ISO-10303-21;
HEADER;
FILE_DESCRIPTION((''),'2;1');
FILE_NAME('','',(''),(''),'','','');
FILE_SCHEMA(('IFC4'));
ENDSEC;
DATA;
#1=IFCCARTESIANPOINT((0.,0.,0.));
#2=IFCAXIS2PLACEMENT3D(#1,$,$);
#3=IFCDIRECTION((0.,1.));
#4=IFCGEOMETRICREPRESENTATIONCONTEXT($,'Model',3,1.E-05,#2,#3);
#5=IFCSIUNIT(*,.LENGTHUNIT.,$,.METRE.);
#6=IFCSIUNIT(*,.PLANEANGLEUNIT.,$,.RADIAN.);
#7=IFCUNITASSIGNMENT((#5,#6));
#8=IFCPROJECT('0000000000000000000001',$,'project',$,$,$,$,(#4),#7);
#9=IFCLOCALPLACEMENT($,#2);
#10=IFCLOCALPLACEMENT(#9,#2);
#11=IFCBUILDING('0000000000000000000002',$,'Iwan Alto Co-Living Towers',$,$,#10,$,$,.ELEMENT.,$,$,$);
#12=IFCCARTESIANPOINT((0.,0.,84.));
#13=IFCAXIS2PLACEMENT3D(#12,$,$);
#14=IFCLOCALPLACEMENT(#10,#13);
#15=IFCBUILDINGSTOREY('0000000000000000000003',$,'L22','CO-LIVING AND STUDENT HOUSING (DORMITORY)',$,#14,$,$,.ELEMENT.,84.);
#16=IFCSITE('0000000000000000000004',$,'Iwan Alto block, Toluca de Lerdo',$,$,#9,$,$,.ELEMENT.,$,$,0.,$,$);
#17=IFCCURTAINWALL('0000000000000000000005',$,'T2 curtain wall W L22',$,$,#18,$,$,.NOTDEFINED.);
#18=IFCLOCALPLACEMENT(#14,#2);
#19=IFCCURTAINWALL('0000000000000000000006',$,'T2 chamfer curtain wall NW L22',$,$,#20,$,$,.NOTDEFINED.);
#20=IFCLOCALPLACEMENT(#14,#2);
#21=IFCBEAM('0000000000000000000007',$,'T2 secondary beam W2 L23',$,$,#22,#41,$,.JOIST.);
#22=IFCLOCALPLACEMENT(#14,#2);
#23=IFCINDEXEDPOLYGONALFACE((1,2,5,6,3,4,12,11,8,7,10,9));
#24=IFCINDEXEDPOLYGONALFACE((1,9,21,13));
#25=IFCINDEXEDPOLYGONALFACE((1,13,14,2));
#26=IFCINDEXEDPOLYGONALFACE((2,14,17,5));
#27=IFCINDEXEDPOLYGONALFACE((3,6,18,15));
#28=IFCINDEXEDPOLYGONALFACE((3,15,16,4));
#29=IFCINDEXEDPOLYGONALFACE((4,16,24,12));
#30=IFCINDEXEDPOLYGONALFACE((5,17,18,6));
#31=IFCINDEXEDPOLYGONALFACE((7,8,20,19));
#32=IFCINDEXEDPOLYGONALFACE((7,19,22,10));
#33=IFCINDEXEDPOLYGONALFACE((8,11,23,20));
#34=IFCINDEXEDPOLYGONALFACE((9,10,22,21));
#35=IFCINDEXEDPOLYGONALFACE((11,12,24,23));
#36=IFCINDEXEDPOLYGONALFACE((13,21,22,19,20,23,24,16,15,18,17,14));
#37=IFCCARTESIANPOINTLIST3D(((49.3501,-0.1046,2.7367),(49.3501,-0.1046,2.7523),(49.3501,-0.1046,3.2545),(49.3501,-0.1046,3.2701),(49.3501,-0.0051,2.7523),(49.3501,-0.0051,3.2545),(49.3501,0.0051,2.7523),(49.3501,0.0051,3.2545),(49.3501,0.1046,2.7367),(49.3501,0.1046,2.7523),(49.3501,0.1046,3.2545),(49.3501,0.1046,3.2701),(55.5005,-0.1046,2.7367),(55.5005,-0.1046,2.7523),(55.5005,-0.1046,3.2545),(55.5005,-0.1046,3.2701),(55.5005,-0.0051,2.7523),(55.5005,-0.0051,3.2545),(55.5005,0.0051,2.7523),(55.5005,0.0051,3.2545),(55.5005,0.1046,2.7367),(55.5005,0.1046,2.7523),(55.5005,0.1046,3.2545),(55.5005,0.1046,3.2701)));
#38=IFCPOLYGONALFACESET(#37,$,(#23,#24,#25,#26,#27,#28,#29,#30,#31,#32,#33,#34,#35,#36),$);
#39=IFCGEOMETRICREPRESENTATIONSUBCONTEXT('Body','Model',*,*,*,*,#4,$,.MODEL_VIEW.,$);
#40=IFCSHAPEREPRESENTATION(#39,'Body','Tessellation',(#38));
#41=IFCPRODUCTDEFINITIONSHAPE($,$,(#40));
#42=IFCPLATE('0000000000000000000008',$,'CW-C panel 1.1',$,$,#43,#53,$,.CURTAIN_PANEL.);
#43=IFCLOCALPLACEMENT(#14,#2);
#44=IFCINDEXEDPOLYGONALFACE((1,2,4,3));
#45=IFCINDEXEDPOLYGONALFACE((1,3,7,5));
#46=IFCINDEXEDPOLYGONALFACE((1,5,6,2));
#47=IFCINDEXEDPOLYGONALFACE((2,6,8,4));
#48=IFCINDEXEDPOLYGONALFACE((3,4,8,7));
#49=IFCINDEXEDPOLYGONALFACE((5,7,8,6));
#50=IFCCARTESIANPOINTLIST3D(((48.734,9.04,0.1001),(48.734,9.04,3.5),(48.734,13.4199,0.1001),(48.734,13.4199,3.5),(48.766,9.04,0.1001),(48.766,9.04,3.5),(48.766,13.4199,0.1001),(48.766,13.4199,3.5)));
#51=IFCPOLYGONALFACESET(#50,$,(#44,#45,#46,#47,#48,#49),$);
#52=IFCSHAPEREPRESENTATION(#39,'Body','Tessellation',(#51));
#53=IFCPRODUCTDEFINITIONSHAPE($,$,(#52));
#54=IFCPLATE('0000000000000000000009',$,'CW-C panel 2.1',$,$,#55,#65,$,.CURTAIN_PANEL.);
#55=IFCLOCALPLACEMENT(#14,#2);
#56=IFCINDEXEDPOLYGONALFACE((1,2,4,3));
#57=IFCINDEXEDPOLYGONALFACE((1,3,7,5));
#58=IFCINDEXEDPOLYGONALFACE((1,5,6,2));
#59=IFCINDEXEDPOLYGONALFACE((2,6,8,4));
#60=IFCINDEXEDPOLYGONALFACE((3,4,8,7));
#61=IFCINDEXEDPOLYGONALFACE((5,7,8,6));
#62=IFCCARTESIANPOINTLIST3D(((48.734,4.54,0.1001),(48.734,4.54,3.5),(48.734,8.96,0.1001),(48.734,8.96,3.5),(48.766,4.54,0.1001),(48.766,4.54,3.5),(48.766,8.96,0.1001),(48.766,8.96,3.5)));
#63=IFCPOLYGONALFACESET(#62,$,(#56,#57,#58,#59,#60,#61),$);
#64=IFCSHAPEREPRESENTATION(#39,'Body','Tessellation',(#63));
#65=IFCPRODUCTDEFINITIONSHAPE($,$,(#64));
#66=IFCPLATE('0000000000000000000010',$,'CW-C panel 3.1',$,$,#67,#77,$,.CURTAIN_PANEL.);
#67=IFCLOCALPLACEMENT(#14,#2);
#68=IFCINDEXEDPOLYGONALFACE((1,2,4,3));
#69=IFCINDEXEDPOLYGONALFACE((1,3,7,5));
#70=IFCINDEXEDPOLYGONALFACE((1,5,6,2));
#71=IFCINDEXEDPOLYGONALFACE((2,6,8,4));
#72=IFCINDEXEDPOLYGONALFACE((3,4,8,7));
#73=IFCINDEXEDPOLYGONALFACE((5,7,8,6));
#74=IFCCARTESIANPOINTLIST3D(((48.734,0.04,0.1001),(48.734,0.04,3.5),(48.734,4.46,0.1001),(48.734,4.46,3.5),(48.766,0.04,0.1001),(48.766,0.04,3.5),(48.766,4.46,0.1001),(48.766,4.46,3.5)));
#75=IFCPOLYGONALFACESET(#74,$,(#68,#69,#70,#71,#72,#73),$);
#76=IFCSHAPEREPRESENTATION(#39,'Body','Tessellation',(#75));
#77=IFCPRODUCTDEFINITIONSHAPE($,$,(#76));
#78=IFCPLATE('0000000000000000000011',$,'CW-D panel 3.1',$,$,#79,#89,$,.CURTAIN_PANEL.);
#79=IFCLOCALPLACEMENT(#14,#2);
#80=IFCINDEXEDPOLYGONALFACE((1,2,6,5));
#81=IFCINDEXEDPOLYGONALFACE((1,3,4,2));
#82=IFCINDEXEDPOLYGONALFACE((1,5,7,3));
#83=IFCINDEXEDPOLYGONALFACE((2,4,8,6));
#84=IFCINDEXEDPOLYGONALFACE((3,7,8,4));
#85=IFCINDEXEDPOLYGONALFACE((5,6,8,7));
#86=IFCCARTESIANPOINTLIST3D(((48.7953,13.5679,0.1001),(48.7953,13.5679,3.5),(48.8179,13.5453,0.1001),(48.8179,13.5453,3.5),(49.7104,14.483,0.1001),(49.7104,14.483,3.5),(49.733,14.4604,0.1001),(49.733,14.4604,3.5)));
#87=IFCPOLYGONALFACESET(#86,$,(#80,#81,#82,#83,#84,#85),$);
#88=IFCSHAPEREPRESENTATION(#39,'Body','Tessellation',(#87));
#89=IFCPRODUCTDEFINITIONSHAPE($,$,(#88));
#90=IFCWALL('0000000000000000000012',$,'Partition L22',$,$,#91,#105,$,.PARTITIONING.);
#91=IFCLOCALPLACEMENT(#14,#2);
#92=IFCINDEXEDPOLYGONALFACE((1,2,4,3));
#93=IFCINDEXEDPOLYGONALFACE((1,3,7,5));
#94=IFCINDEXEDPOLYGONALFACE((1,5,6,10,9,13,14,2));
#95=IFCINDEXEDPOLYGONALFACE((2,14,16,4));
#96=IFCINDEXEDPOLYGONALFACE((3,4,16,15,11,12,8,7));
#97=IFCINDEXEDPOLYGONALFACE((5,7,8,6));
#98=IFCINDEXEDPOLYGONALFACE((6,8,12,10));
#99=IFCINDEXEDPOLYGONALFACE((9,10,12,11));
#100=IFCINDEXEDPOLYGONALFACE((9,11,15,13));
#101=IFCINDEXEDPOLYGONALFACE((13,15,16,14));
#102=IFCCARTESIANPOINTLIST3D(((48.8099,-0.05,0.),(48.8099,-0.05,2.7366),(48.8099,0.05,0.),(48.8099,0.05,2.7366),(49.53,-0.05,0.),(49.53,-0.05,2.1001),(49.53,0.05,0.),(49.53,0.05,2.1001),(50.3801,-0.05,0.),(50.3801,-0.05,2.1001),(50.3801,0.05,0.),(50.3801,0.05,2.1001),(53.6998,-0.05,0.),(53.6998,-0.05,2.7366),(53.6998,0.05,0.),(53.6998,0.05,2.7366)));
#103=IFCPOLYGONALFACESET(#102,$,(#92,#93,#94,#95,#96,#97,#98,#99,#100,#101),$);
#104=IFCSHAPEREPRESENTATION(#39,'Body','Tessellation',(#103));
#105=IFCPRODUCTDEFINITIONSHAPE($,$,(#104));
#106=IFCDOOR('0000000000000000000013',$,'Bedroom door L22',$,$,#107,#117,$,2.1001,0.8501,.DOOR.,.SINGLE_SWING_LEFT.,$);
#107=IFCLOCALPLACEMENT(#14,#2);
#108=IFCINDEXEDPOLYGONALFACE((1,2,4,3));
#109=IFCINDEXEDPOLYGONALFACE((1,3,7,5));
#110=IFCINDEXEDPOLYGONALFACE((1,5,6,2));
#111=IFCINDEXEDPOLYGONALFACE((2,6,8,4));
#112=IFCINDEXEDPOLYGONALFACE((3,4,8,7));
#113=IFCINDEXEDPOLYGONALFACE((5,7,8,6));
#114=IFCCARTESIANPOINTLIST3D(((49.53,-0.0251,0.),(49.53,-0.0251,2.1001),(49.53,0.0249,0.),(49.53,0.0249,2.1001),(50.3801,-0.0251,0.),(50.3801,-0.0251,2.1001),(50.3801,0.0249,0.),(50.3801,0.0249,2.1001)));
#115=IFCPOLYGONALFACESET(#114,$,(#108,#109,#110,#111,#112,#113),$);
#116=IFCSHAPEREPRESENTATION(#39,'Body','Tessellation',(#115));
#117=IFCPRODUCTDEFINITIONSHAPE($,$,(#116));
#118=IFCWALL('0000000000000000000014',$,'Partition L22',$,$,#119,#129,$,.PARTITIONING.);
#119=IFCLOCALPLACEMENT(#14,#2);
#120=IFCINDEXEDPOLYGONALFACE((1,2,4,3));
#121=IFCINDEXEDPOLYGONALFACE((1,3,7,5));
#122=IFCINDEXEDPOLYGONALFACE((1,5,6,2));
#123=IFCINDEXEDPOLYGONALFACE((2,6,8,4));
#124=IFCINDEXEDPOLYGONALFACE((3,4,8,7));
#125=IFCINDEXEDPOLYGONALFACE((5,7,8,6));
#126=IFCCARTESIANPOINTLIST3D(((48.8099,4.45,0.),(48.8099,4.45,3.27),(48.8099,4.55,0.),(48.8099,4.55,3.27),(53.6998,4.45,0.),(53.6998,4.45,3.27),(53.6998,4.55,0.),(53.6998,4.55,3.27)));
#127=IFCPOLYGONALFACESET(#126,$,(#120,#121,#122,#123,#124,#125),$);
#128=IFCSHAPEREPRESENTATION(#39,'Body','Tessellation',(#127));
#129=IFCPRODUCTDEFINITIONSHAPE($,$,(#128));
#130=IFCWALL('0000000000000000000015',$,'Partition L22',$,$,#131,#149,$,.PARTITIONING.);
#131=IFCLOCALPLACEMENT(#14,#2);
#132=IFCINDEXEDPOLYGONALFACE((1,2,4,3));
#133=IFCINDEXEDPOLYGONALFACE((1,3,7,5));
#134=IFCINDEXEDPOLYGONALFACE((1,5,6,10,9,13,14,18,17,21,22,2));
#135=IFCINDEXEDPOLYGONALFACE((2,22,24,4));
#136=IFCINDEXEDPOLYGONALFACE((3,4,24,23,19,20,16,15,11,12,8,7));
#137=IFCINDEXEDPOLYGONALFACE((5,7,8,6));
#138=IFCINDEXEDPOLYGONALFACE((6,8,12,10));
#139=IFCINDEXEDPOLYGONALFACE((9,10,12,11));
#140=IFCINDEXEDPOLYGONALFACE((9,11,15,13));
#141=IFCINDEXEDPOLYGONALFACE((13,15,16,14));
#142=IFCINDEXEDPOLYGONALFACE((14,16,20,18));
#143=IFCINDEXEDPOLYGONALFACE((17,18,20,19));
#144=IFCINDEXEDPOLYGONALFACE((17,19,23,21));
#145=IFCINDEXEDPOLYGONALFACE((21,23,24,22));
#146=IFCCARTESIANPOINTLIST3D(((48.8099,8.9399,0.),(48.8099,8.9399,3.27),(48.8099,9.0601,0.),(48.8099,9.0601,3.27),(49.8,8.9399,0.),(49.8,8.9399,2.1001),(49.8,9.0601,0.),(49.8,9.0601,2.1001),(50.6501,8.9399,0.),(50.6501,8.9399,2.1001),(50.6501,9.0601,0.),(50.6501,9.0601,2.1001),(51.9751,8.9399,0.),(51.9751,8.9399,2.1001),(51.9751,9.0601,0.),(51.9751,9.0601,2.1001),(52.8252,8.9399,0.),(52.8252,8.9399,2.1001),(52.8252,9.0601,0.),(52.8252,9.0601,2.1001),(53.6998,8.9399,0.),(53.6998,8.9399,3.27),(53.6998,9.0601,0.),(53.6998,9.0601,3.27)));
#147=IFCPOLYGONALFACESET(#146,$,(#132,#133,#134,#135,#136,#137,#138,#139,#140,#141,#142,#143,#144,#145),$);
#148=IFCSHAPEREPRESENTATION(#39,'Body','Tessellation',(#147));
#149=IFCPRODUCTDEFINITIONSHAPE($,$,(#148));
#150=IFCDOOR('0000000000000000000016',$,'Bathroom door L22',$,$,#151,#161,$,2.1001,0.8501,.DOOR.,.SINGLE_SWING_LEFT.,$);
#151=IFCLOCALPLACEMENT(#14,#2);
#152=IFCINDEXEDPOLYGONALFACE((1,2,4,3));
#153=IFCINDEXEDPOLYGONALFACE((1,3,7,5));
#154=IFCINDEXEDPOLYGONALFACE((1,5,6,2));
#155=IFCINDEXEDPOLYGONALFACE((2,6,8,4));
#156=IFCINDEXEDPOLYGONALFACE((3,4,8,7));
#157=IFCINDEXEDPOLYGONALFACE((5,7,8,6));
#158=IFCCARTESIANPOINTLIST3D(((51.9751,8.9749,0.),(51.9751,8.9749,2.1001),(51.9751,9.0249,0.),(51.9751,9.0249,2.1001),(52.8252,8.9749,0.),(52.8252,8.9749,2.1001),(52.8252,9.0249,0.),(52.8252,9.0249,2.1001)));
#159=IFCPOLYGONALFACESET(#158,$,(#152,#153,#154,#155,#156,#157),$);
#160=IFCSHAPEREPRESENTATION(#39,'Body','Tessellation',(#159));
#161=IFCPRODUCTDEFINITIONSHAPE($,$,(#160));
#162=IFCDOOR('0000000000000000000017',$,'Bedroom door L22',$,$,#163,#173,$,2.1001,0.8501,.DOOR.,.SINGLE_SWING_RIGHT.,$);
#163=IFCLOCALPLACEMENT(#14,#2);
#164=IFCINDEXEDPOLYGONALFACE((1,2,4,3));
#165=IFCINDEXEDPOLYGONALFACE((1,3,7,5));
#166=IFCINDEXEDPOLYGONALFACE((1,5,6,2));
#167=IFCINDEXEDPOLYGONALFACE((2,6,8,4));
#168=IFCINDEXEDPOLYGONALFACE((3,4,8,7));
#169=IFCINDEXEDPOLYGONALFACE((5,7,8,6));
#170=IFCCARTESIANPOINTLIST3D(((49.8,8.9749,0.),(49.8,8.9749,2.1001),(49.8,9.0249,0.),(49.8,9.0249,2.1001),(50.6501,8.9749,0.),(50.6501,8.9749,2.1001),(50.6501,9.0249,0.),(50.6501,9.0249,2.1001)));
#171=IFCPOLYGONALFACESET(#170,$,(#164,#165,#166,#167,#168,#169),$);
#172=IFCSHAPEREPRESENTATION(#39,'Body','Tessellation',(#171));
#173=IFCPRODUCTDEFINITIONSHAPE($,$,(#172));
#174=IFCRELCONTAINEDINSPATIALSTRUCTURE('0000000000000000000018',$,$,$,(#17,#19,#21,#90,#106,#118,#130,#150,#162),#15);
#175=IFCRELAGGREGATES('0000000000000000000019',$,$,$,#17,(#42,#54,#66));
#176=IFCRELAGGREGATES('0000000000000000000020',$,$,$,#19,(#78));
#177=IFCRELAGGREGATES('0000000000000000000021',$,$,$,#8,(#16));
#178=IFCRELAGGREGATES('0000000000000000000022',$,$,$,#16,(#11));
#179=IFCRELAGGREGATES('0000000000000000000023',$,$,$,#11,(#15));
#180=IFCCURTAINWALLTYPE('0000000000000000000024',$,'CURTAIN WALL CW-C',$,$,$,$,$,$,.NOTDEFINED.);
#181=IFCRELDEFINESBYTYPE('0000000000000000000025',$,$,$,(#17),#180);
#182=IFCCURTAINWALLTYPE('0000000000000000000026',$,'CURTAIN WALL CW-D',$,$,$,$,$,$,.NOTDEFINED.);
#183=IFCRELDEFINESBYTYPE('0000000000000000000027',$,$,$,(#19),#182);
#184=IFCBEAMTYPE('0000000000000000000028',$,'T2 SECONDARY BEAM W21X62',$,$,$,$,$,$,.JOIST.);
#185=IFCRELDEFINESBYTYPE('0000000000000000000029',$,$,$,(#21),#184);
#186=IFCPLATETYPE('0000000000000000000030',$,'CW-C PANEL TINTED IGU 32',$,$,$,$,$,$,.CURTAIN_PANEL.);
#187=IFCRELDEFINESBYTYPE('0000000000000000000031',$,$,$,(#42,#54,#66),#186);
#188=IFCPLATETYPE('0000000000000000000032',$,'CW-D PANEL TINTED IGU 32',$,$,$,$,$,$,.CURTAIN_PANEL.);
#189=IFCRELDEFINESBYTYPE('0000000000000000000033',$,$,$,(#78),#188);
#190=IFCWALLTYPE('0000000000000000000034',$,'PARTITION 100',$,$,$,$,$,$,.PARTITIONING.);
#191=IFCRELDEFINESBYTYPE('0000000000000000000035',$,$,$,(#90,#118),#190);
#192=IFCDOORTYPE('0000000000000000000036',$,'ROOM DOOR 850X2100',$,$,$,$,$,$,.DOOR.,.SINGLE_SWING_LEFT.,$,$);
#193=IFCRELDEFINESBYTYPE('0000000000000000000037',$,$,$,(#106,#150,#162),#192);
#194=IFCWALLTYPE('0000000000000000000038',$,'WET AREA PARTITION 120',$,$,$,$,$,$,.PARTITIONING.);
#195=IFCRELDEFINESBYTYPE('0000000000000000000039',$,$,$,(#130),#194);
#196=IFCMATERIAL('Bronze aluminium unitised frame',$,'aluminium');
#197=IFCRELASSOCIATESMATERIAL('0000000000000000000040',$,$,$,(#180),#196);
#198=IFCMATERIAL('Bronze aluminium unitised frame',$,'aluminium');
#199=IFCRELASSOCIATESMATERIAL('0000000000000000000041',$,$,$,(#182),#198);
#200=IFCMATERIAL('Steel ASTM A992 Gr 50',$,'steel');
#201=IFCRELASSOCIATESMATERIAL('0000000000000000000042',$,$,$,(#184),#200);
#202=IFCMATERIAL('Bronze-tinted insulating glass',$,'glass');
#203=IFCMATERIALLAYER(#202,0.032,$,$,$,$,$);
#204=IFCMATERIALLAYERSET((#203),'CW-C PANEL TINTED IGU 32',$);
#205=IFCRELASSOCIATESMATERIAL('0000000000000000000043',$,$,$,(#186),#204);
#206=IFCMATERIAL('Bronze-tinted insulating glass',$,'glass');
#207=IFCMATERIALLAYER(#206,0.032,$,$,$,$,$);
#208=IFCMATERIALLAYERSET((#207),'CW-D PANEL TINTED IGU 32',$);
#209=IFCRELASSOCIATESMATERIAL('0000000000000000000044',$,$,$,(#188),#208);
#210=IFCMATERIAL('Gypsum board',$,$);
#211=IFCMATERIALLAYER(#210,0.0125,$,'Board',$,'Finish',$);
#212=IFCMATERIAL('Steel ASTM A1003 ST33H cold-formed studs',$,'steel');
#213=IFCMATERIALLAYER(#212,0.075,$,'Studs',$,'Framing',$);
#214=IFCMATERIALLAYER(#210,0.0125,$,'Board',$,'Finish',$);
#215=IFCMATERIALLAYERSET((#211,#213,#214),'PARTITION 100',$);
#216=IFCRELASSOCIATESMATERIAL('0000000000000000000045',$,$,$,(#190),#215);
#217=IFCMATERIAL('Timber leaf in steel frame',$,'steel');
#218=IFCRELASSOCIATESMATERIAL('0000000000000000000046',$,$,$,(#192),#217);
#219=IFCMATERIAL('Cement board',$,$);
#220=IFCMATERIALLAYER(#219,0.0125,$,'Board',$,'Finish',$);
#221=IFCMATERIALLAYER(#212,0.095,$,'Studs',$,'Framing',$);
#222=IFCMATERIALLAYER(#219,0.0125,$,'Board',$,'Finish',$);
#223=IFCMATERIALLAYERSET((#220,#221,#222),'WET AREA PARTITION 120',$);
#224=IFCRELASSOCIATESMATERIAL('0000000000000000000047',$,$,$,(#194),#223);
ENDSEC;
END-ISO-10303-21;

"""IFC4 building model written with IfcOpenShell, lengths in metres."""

from ifc_helpers import new_model, si_unit, direction, frame, frame_2d, origin, origin_2d, place, context, subcontext, project, spatial, rectangle, i_section, extrude, material, layer, layer_set, material_profile, profile_set, type_object, element, fill, aggregate, save


model = new_model("IFC4")

# Units and contexts
model_context = context("Model", 3, precision=1e-05, world=origin(), true_north=direction((0.0, 1.0)))
body_context = subcontext(model_context, "Body", "Model", "MODEL_VIEW")
ifc_project = project(units=[si_unit("LENGTHUNIT", "METRE"), si_unit("PLANEANGLEUNIT", "RADIAN")], contexts=[model_context])

# Site, building, storey
site_placement = place(None, origin())
site = spatial("IfcSite", under=ifc_project, at=site_placement, Name="Iwan Alto block, Toluca de Lerdo", CompositionType="ELEMENT", RefElevation=0.0)
building_placement = place(site_placement, origin())
building = spatial("IfcBuilding", under=site, at=building_placement, Name="Iwan Alto Co-Living Towers", CompositionType="ELEMENT")
storey_placement = place(building_placement, frame((0.0, 0.0, 84.0)))
storey = spatial("IfcBuildingStorey", under=building, at=storey_placement, Name="L22", Description="CO-LIVING AND STUDENT HOUSING (DORMITORY)", CompositionType="ELEMENT", Elevation=84.0)

# Curtain wall
ifc_material_1 = material(Name="Bronze aluminium unitised frame", Category="aluminium")
curtain_wall_type_1 = type_object("IfcCurtainWallType", Name="CURTAIN WALL CW-C", PredefinedType="NOTDEFINED", material=ifc_material_1)
curtain_wall_1_placement = place(storey_placement, origin())
curtain_wall_1 = element("IfcCurtainWall", 1, at=curtain_wall_1_placement, inside=storey, type_object=curtain_wall_type_1, Name="T2 curtain wall W L22", PredefinedType="NOTDEFINED")

# Curtain wall
ifc_material_2 = material(Name="Bronze aluminium unitised frame", Category="aluminium")
curtain_wall_type_2 = type_object("IfcCurtainWallType", Name="CURTAIN WALL CW-D", PredefinedType="NOTDEFINED", material=ifc_material_2)
curtain_wall_2_placement = place(storey_placement, origin())
curtain_wall_2 = element("IfcCurtainWall", 2, at=curtain_wall_2_placement, inside=storey, type_object=curtain_wall_type_2, Name="T2 chamfer curtain wall NW L22", PredefinedType="NOTDEFINED")

# Beam
ifc_material_3 = material(Name="Steel ASTM A992 Gr 50", Category="steel")
ifc_material_profile_1 = material_profile(ifc_material_3, i_section(OverallWidth=0.2092, OverallDepth=0.5334, WebThickness=0.0103, FlangeThickness=0.0156, at=origin_2d()), Name="W21X62")
ifc_profile_set_1 = profile_set([ifc_material_profile_1], Name="Steel ASTM A992 Gr 50")
beam_type = type_object("IfcBeamType", Name="T2 SECONDARY BEAM W21X62", PredefinedType="JOIST", material=ifc_profile_set_1)
beam_placement = place(storey_placement, frame((49.3501, 0.0, 3.0034), z_axis=(1.0, 0.0, 0.0), x_axis=(0.0, 1.0, 0.0)))
element("IfcBeam", 3, at=beam_placement, inside=storey, type_object=beam_type, Name="T2 secondary beam W2 L23", PredefinedType="JOIST", context=body_context, shape_type="SweptSolid", body=[
    extrude(i_section(OverallWidth=0.2092, OverallDepth=0.5334, WebThickness=0.0103, FlangeThickness=0.0156, at=origin_2d()), origin(), (0.0, 0.0, 1.0), 6.1504),
])

# Plates
ifc_material_4 = material(Name="Bronze-tinted insulating glass", Category="glass")
ifc_layer_1 = layer(ifc_material_4, 0.032)
ifc_layer_set_1 = layer_set([ifc_layer_1], Name="CW-C PANEL TINTED IGU 32")
plate_type_1 = type_object("IfcPlateType", Name="CW-C PANEL TINTED IGU 32", PredefinedType="CURTAIN_PANEL", material=ifc_layer_set_1)
plate_1_placement = place(storey_placement, frame((48.75, 11.23, 0.1001), z_axis=(0.0, 0.0, 1.0), x_axis=(0.0, -1.0, 0.0)))
plate_1 = element("IfcPlate", 4, at=plate_1_placement, type_object=plate_type_1, Name="CW-C panel 1.1", PredefinedType="CURTAIN_PANEL", context=body_context, shape_type="SweptSolid", body=[
    extrude(rectangle(XDim=4.3799, YDim=0.032, at=origin_2d()), origin(), (0.0, 0.0, 1.0), 3.3999),
])
plate_2_placement = place(storey_placement, frame((48.75, 6.75, 0.1001), z_axis=(0.0, 0.0, 1.0), x_axis=(0.0, -1.0, 0.0)))
plate_2 = element("IfcPlate", 5, at=plate_2_placement, type_object=plate_type_1, Name="CW-C panel 2.1", PredefinedType="CURTAIN_PANEL", context=body_context, shape_type="SweptSolid", body=[
    extrude(rectangle(XDim=4.4199, YDim=0.032, at=origin_2d()), origin(), (0.0, 0.0, 1.0), 3.3999),
])
plate_3_placement = place(storey_placement, frame((48.75, 2.25, 0.1001), z_axis=(0.0, 0.0, 1.0), x_axis=(0.0, -1.0, 0.0)))
plate_3 = element("IfcPlate", 6, at=plate_3_placement, type_object=plate_type_1, Name="CW-C panel 3.1", PredefinedType="CURTAIN_PANEL", context=body_context, shape_type="SweptSolid", body=[
    extrude(rectangle(XDim=4.4199, YDim=0.032, at=origin_2d()), origin(), (0.0, 0.0, 1.0), 3.3999),
])
aggregate(curtain_wall_1, [plate_1, plate_2, plate_3])
ifc_material_5 = material(Name="Bronze-tinted insulating glass", Category="glass")
ifc_layer_2 = layer(ifc_material_5, 0.032)
ifc_layer_set_2 = layer_set([ifc_layer_2], Name="CW-D PANEL TINTED IGU 32")
plate_type_2 = type_object("IfcPlateType", Name="CW-D PANEL TINTED IGU 32", PredefinedType="CURTAIN_PANEL", material=ifc_layer_set_2)
plate_4_placement = place(storey_placement, frame((49.2642, 14.0142, 0.1001), z_axis=(0.0, 0.0, 1.0), x_axis=(-0.707107, -0.707107, 0.0)))
plate_4 = element("IfcPlate", 7, at=plate_4_placement, type_object=plate_type_2, Name="CW-D panel 3.1", PredefinedType="CURTAIN_PANEL", context=body_context, shape_type="SweptSolid", body=[
    extrude(rectangle(XDim=1.2942, YDim=0.032, at=origin_2d()), origin(), (0.0, 0.0, 1.0), 3.3999),
])
aggregate(curtain_wall_2, [plate_4])

# Wall, opening, door
ifc_material_6 = material(Name="Gypsum board")
ifc_layer_3 = layer(ifc_material_6, 0.0125, Name="Board", Category="Finish")
ifc_material_7 = material(Name="Steel ASTM A1003 ST33H cold-formed studs", Category="steel")
ifc_layer_4 = layer(ifc_material_7, 0.075, Name="Studs", Category="Framing")
ifc_layer_5 = layer(ifc_material_6, 0.0125, Name="Board", Category="Finish")
ifc_layer_set_3 = layer_set([ifc_layer_3, ifc_layer_4, ifc_layer_5], Name="PARTITION 100")
wall_type_1 = type_object("IfcWallType", Name="PARTITION 100", PredefinedType="PARTITIONING", material=ifc_layer_set_3)
wall_1_placement = place(storey_placement, frame((48.8101, 0.0, 0.0), z_axis=(0.0, 0.0, 1.0), x_axis=(1.0, 0.0, 0.0)))
wall_1 = element("IfcWall", 8, at=wall_1_placement, inside=storey, type_object=wall_type_1, Name="Partition L22", PredefinedType="PARTITIONING", context=body_context, shape_type="SweptSolid", body=[
    extrude(rectangle(XDim=4.8899, YDim=0.1001, at=frame_2d((2.4448, 0.0))), origin(), (0.0, 0.0, 1.0), 2.7366),
])
opening_1_placement = place(wall_1_placement, frame((0.72, 0.0, 0.0)))
opening_1 = element("IfcOpeningElement", 9, at=opening_1_placement, cuts=wall_1, PredefinedType="OPENING", context=body_context, shape_type="SweptSolid", body=[
    extrude(rectangle(XDim=0.8501, YDim=2.1001, at=frame_2d((0.425, 1.05))), frame((0.0, 0.0601, 0.0), z_axis=(0.0, -1.0, 0.0), x_axis=(1.0, 0.0, 0.0)), (0.0, 0.0, 1.0), 0.1201),
])
ifc_material_8 = material(Name="Timber leaf in steel frame", Category="steel")
door_type = type_object("IfcDoorType", Name="ROOM DOOR 850X2100", OperationType="SINGLE_SWING_LEFT", PredefinedType="DOOR", material=ifc_material_8)
door_1_placement = place(opening_1_placement, origin())
door_1 = element("IfcDoor", 10, at=door_1_placement, inside=storey, type_object=door_type, Name="Bedroom door L22", OperationType="SINGLE_SWING_LEFT", OverallHeight=2.1001, OverallWidth=0.8501, PredefinedType="DOOR", context=body_context, shape_type="SweptSolid", body=[
    extrude(rectangle(XDim=0.8501, YDim=2.1001, at=frame_2d((0.425, 1.05))), frame((0.0, 0.0249, 0.0), z_axis=(0.0, -1.0, 0.0), x_axis=(1.0, 0.0, 0.0)), (0.0, 0.0, 1.0), 0.05),
])
fill(opening_1, door_1)

# Wall
wall_2_placement = place(storey_placement, frame((48.8101, 4.5, 0.0), z_axis=(0.0, 0.0, 1.0), x_axis=(1.0, 0.0, 0.0)))
element("IfcWall", 11, at=wall_2_placement, inside=storey, type_object=wall_type_1, Name="Partition L22", PredefinedType="PARTITIONING", context=body_context, shape_type="SweptSolid", body=[
    extrude(rectangle(XDim=4.8899, YDim=0.1001, at=frame_2d((2.4448, 0.0))), origin(), (0.0, 0.0, 1.0), 3.27),
])

# Wall, openings, doors
ifc_material_9 = material(Name="Cement board")
ifc_layer_6 = layer(ifc_material_9, 0.0125, Name="Board", Category="Finish")
ifc_layer_7 = layer(ifc_material_7, 0.095, Name="Studs", Category="Framing")
ifc_layer_8 = layer(ifc_material_9, 0.0125, Name="Board", Category="Finish")
ifc_layer_set_4 = layer_set([ifc_layer_6, ifc_layer_7, ifc_layer_8], Name="WET AREA PARTITION 120")
wall_type_2 = type_object("IfcWallType", Name="WET AREA PARTITION 120", PredefinedType="PARTITIONING", material=ifc_layer_set_4)
wall_3_placement = place(storey_placement, frame((48.8101, 9.0, 0.0), z_axis=(0.0, 0.0, 1.0), x_axis=(1.0, 0.0, 0.0)))
wall_3 = element("IfcWall", 12, at=wall_3_placement, inside=storey, type_object=wall_type_2, Name="Partition L22", PredefinedType="PARTITIONING", context=body_context, shape_type="SweptSolid", body=[
    extrude(rectangle(XDim=4.8899, YDim=0.1201, at=frame_2d((2.4448, 0.0))), origin(), (0.0, 0.0, 1.0), 3.27),
])
opening_2_placement = place(wall_3_placement, frame((3.165, 0.0, 0.0)))
opening_2 = element("IfcOpeningElement", 13, at=opening_2_placement, cuts=wall_3, PredefinedType="OPENING", context=body_context, shape_type="SweptSolid", body=[
    extrude(rectangle(XDim=0.8501, YDim=2.1001, at=frame_2d((0.425, 1.05))), frame((0.0, 0.0701, 0.0), z_axis=(0.0, -1.0, 0.0), x_axis=(1.0, 0.0, 0.0)), (0.0, 0.0, 1.0), 0.1401),
])
opening_3_placement = place(wall_3_placement, frame((0.99, 0.0, 0.0)))
opening_3 = element("IfcOpeningElement", 14, at=opening_3_placement, cuts=wall_3, PredefinedType="OPENING", context=body_context, shape_type="SweptSolid", body=[
    extrude(rectangle(XDim=0.8501, YDim=2.1001, at=frame_2d((0.425, 1.05))), frame((0.0, 0.0701, 0.0), z_axis=(0.0, -1.0, 0.0), x_axis=(1.0, 0.0, 0.0)), (0.0, 0.0, 1.0), 0.1401),
])
door_2_placement = place(opening_2_placement, origin())
door_2 = element("IfcDoor", 15, at=door_2_placement, inside=storey, type_object=door_type, Name="Bathroom door L22", OperationType="SINGLE_SWING_LEFT", OverallHeight=2.1001, OverallWidth=0.8501, PredefinedType="DOOR", context=body_context, shape_type="SweptSolid", body=[
    extrude(rectangle(XDim=0.8501, YDim=2.1001, at=frame_2d((0.425, 1.05))), frame((0.0, 0.0249, 0.0), z_axis=(0.0, -1.0, 0.0), x_axis=(1.0, 0.0, 0.0)), (0.0, 0.0, 1.0), 0.05),
])
fill(opening_2, door_2)
door_3_placement = place(opening_3_placement, origin())
door_3 = element("IfcDoor", 16, at=door_3_placement, inside=storey, type_object=door_type, Name="Bedroom door L22", OperationType="SINGLE_SWING_RIGHT", OverallHeight=2.1001, OverallWidth=0.8501, PredefinedType="DOOR", context=body_context, shape_type="SweptSolid", body=[
    extrude(rectangle(XDim=0.8501, YDim=2.1001, at=frame_2d((0.425, 1.05))), frame((0.0, 0.0249, 0.0), z_axis=(0.0, -1.0, 0.0), x_axis=(1.0, 0.0, 0.0)), (0.0, 0.0, 1.0), 0.05),
])
fill(opening_3, door_3)

save(model, "model.ifc")
